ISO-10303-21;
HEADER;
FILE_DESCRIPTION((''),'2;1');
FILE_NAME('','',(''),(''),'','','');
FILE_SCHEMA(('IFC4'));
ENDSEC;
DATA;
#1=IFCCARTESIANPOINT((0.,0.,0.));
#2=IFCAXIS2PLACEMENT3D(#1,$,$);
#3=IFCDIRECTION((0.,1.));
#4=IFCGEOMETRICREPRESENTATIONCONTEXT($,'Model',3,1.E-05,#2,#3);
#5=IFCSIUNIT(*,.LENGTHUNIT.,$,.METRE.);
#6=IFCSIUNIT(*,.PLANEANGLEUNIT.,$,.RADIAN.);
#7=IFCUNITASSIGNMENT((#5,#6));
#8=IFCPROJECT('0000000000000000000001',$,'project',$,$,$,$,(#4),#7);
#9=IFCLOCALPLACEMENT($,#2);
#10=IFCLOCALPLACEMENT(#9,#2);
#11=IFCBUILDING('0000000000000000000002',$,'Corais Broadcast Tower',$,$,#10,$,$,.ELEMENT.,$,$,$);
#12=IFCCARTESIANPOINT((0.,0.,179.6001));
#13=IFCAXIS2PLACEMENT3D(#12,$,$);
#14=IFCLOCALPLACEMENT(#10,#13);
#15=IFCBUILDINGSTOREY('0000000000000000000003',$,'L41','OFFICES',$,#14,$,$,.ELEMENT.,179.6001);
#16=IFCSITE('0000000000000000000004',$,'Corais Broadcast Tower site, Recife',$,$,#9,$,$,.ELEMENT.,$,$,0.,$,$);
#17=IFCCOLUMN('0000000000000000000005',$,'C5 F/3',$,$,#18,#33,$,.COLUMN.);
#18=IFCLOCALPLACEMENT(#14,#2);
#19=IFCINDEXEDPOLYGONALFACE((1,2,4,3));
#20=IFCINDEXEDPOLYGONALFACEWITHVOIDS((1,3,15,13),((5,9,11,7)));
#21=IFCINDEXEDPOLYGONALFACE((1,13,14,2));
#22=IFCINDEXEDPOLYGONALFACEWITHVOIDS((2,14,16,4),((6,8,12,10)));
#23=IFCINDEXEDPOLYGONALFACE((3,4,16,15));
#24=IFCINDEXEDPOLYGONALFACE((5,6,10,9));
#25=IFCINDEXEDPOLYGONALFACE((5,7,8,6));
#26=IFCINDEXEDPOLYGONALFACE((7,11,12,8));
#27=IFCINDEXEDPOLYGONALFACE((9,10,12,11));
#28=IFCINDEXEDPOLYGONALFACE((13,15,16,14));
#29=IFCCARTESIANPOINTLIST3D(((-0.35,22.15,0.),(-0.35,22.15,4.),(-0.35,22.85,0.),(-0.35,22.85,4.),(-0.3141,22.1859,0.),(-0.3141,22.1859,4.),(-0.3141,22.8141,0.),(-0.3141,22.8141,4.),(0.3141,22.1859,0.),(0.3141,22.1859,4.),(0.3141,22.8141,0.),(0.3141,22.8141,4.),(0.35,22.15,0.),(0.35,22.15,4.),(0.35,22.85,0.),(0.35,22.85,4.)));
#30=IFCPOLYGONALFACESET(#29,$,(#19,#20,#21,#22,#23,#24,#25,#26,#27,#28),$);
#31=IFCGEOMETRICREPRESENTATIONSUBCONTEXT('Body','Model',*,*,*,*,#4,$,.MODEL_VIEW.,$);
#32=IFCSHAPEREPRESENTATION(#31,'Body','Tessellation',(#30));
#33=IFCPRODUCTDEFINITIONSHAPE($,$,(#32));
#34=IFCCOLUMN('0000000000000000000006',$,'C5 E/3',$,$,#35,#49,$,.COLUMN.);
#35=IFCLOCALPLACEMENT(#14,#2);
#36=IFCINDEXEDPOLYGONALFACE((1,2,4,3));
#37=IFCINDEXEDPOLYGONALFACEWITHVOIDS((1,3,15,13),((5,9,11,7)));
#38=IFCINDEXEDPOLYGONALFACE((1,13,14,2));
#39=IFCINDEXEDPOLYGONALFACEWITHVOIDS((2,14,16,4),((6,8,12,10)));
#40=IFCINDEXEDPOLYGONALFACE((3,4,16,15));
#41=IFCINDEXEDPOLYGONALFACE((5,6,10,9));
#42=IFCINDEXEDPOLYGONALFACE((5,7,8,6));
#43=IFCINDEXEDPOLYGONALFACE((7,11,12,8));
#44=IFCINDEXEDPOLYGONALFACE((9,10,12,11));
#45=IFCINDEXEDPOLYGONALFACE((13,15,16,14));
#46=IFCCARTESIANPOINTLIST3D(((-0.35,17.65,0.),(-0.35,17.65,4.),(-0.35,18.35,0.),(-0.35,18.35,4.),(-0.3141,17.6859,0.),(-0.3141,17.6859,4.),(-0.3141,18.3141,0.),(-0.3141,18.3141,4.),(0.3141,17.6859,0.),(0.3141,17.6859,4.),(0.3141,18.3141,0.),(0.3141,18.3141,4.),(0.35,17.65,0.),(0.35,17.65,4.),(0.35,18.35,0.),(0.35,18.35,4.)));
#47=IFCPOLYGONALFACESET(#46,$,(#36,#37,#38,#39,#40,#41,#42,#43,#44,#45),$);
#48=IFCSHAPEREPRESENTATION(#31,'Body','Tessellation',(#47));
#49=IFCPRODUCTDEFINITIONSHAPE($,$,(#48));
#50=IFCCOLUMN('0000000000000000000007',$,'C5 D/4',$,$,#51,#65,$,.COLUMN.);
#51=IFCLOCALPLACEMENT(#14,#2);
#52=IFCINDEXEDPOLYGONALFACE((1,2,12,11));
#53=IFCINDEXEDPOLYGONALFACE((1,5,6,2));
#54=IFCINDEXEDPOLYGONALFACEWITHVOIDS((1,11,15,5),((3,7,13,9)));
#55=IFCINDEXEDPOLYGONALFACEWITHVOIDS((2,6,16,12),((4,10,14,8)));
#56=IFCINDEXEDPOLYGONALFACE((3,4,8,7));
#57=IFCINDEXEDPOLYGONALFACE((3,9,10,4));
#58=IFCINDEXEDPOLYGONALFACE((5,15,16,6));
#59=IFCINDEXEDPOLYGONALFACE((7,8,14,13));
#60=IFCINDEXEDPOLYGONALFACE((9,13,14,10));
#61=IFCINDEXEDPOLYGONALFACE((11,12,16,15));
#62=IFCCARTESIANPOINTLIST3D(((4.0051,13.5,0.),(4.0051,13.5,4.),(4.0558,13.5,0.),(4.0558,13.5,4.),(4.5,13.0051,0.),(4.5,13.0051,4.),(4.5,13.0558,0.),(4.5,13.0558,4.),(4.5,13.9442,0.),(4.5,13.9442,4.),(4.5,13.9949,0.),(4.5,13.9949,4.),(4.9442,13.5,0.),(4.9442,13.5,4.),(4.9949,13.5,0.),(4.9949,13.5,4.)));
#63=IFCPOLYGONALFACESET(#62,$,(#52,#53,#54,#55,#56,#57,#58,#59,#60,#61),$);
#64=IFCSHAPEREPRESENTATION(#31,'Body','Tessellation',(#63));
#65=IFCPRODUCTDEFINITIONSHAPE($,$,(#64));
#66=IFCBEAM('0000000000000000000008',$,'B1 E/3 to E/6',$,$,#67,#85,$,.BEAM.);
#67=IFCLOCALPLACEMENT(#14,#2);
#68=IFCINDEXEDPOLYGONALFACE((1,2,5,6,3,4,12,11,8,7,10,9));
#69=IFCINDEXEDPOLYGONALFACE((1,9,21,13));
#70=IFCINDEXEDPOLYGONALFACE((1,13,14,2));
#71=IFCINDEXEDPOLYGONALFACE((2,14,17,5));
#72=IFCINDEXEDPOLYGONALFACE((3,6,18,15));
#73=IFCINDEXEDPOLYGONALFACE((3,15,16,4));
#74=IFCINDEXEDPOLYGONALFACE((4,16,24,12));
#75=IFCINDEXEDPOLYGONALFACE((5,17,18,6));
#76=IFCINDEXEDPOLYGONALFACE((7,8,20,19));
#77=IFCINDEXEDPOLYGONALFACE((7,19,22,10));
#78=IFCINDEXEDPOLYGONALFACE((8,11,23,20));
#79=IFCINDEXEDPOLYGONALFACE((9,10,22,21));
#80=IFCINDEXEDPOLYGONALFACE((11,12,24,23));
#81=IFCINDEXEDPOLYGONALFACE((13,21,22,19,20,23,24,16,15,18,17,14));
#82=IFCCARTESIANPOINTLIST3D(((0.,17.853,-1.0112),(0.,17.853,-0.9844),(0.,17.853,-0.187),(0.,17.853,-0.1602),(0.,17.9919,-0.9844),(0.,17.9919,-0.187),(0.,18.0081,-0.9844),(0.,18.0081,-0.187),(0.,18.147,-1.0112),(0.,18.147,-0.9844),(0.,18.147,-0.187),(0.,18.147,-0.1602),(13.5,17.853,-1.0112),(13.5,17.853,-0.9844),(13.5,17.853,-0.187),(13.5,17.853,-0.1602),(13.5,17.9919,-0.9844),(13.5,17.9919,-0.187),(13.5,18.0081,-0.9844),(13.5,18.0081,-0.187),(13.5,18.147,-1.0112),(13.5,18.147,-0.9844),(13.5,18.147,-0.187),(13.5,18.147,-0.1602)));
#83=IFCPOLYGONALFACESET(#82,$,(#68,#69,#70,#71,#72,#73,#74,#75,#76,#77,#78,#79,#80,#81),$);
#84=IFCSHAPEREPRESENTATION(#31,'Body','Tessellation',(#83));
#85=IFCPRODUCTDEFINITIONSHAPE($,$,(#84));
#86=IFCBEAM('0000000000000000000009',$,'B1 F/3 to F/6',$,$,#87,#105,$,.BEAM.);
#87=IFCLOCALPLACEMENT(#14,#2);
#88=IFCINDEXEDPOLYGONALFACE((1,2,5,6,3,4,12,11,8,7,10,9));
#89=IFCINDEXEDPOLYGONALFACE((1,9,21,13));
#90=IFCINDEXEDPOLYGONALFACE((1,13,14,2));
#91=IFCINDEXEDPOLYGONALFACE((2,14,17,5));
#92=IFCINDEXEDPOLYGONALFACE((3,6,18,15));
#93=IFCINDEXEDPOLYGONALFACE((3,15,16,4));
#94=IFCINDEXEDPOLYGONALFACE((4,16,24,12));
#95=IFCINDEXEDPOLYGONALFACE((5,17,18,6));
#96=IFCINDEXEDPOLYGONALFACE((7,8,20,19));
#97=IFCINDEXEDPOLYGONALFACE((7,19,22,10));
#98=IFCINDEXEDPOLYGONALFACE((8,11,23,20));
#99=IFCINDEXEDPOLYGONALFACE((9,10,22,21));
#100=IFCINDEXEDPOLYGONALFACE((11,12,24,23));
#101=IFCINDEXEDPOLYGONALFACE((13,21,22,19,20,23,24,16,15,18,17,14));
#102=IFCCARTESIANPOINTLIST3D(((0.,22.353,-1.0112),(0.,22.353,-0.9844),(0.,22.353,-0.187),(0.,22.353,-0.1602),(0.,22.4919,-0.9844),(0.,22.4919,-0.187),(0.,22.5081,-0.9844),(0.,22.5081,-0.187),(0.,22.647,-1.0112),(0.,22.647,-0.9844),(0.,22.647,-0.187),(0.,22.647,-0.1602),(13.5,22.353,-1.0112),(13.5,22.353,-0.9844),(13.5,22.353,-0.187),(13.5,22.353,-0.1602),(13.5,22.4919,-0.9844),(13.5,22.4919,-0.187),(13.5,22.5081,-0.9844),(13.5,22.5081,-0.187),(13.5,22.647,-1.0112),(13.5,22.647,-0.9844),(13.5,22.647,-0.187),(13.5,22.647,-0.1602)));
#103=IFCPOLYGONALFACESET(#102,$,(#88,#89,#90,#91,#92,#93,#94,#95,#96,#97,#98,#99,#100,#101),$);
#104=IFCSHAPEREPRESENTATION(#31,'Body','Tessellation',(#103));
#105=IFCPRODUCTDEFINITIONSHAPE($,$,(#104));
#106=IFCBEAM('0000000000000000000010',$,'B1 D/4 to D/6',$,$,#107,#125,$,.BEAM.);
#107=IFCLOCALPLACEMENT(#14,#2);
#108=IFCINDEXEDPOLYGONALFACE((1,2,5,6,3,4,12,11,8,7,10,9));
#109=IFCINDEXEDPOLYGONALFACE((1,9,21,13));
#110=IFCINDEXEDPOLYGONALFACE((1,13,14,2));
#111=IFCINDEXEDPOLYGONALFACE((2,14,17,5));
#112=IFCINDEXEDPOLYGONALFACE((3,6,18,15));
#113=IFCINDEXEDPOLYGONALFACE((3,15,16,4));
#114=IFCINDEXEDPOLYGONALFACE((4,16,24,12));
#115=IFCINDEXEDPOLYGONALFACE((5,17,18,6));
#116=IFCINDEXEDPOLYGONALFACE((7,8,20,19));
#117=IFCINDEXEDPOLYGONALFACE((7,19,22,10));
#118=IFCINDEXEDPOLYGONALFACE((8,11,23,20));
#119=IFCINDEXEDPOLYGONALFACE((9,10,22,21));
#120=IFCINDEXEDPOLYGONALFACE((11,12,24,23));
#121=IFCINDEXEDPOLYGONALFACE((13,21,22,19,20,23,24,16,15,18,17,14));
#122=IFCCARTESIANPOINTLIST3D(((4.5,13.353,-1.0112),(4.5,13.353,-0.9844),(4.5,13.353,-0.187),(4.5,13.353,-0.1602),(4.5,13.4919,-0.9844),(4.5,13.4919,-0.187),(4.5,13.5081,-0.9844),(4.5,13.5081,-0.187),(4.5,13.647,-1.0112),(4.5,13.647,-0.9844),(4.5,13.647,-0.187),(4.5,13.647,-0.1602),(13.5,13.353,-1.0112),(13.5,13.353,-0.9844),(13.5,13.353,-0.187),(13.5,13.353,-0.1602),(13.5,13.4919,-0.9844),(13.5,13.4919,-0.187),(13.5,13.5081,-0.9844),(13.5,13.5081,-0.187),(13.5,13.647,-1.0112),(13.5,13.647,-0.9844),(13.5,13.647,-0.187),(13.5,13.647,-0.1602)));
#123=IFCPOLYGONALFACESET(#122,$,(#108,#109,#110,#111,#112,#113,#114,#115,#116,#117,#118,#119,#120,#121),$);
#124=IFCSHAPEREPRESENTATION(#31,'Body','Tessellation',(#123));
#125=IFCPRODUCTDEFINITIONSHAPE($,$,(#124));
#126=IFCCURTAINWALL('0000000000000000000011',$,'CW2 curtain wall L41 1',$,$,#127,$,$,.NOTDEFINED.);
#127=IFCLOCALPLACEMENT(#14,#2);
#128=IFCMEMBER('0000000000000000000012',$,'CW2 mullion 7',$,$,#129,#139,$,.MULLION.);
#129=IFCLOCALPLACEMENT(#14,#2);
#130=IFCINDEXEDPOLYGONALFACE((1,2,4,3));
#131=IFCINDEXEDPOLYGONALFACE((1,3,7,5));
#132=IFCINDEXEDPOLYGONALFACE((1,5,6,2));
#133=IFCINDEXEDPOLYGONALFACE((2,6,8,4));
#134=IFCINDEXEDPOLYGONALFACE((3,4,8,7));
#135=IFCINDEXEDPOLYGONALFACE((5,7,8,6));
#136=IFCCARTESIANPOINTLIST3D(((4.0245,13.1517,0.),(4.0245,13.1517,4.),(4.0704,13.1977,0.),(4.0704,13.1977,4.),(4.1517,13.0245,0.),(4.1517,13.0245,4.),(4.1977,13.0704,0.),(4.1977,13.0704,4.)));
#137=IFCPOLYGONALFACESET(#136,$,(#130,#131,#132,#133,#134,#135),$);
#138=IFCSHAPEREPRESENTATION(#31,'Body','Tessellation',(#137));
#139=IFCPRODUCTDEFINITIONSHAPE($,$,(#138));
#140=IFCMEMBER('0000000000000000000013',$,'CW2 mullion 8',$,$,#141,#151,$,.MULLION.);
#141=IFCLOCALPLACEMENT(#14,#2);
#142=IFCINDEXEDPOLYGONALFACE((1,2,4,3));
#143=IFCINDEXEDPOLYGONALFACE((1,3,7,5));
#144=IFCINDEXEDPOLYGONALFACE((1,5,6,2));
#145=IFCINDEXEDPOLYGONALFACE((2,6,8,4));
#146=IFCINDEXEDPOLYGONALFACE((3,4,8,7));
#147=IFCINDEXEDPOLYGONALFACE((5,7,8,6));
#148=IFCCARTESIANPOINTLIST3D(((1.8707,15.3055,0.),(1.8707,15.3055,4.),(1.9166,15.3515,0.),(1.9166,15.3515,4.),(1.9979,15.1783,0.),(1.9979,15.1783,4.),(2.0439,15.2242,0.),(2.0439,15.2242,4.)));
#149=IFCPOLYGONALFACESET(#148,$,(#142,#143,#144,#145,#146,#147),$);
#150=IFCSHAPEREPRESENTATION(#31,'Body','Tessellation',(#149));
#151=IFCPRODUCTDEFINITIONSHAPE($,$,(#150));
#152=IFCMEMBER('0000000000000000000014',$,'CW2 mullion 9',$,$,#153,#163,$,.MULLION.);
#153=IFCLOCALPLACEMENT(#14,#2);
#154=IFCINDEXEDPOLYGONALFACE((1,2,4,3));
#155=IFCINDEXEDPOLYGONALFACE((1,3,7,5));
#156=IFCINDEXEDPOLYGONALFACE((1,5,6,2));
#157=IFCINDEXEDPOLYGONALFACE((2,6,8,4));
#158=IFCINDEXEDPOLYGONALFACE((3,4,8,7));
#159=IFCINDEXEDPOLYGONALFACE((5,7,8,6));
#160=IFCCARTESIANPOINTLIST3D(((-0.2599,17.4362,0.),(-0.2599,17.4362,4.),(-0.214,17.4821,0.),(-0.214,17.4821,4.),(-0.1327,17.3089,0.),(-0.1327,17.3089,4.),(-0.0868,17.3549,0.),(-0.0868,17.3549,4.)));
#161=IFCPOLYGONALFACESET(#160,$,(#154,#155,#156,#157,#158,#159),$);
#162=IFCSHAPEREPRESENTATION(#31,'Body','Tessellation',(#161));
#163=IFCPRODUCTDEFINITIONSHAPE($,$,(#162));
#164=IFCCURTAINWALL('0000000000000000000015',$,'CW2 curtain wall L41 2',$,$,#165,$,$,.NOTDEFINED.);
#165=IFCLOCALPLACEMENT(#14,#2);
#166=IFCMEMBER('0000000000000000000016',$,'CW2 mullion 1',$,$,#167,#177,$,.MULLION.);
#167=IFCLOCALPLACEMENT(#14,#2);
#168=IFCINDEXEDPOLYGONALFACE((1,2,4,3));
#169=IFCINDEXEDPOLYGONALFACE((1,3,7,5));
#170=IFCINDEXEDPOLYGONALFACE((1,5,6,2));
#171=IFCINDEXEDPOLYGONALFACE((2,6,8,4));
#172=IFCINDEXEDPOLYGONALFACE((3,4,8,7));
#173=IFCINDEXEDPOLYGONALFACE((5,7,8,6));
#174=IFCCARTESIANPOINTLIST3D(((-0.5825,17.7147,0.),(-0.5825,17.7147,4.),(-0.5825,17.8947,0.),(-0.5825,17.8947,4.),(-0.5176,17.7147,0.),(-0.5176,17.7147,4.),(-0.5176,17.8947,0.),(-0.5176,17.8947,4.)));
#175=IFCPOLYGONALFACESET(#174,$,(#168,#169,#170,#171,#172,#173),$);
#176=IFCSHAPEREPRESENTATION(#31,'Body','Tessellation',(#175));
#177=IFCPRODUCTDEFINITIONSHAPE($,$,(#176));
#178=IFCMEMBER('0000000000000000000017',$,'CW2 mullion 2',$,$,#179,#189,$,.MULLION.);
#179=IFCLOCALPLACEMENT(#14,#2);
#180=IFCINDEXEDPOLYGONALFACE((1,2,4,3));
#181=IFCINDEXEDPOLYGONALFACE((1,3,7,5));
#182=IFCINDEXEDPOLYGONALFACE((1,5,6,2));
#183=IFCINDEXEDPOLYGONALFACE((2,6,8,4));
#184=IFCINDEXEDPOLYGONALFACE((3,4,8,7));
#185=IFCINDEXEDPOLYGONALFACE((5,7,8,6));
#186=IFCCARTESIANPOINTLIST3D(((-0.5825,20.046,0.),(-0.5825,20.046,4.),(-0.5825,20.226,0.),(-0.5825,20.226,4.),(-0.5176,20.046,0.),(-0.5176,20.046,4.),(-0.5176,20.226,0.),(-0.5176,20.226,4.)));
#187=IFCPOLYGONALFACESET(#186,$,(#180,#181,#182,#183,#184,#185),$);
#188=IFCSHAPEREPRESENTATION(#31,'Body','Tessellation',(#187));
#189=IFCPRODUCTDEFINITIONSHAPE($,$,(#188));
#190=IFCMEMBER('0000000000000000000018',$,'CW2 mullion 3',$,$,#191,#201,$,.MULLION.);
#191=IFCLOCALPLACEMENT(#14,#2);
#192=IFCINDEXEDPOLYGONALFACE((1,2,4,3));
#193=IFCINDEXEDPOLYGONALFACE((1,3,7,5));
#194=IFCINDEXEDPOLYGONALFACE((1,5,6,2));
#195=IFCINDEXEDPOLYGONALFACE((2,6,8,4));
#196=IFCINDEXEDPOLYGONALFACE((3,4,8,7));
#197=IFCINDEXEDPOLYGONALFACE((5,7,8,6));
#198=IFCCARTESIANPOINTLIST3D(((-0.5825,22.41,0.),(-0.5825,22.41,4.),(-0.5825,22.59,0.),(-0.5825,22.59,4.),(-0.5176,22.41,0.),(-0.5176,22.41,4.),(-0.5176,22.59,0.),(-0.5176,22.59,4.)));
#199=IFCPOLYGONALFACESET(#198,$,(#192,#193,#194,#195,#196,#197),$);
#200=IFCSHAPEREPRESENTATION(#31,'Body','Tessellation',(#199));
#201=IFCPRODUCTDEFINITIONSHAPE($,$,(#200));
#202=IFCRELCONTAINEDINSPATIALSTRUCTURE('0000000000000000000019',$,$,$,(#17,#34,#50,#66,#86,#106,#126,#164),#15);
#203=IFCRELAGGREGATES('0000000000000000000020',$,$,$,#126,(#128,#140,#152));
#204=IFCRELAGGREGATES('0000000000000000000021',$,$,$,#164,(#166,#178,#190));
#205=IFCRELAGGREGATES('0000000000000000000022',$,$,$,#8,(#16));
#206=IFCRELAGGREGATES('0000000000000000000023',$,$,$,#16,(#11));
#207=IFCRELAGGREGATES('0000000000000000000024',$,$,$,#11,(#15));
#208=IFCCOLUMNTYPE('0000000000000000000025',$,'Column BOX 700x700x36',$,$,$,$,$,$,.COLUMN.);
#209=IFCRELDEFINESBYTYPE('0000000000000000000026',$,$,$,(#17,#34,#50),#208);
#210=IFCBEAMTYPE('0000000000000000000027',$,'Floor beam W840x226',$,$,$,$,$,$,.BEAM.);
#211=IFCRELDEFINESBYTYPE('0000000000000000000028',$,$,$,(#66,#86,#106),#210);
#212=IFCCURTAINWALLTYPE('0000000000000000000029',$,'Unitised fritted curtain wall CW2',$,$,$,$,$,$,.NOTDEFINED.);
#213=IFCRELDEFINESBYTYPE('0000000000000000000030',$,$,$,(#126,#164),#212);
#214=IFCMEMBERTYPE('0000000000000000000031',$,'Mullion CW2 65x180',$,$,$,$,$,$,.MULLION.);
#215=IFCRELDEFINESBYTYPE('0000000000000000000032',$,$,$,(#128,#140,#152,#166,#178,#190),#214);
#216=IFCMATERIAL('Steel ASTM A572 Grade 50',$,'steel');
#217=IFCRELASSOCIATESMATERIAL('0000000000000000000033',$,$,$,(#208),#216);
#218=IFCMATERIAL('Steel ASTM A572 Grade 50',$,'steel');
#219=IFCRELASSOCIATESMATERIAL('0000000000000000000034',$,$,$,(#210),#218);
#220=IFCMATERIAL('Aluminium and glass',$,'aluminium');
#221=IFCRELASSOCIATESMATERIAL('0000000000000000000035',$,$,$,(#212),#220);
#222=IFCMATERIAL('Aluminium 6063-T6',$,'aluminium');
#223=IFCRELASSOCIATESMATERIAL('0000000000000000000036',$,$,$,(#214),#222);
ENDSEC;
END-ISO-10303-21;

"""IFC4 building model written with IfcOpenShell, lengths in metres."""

from ifc_helpers import new_model, si_unit, direction, frame, origin, origin_2d, place, context, subcontext, project, spatial, rectangle, hollow_rectangle, i_section, extrude, material, material_profile, profile_set, type_object, element, aggregate, save


model = new_model("IFC4")

# Units and contexts
model_context = context("Model", 3, precision=1e-05, world=origin(), true_north=direction((0.0, 1.0)))
body_context = subcontext(model_context, "Body", "Model", "MODEL_VIEW")
ifc_project = project(units=[si_unit("LENGTHUNIT", "METRE"), si_unit("PLANEANGLEUNIT", "RADIAN")], contexts=[model_context])

# Site, building, storey
site_placement = place(None, origin())
site = spatial("IfcSite", under=ifc_project, at=site_placement, Name="Corais Broadcast Tower site, Recife", CompositionType="ELEMENT", RefElevation=0.0)
building_placement = place(site_placement, origin())
building = spatial("IfcBuilding", under=site, at=building_placement, Name="Corais Broadcast Tower", CompositionType="ELEMENT")
storey_placement = place(building_placement, frame((0.0, 0.0, 179.6001)))
storey = spatial("IfcBuildingStorey", under=building, at=storey_placement, Name="L41", Description="OFFICES", CompositionType="ELEMENT", Elevation=179.6001)

# Columns
ifc_material_1 = material(Name="Steel ASTM A572 Grade 50", Category="steel")
ifc_material_profile_1 = material_profile(ifc_material_1, hollow_rectangle(XDim=0.7, YDim=0.7, WallThickness=0.0359, at=origin_2d()), Name="BOX 700x700x36")
ifc_profile_set_1 = profile_set([ifc_material_profile_1], Name="Steel ASTM A572 Grade 50")
column_type = type_object("IfcColumnType", Name="Column BOX 700x700x36", PredefinedType="COLUMN", material=ifc_profile_set_1)
for number, where, z_axis, x_axis, name in (
    (1, (0.0, 22.5, 0.0), (0.0, 0.0, 1.0), (1.0, 0.0, 0.0), "C5 F/3"),
    (2, (0.0, 18.0, 0.0), (0.0, 0.0, 1.0), (1.0, 0.0, 0.0), "C5 E/3"),
    (3, (4.5, 13.5, 0.0), (0.0, 0.0, 1.0), (0.707107, 0.707107, 0.0), "C5 D/4"),
):
    element("IfcColumn", number, at=place(storey_placement, frame(where, z_axis=z_axis, x_axis=x_axis)), inside=storey, type_object=column_type, Name=name, PredefinedType="COLUMN", context=body_context, shape_type="SweptSolid", body=[
        extrude(hollow_rectangle(XDim=0.7, YDim=0.7, WallThickness=0.0359, at=origin_2d()), origin(), (0.0, 0.0, 1.0), 4.0),
    ])

# Beams
ifc_material_2 = material(Name="Steel ASTM A572 Grade 50", Category="steel")
ifc_material_profile_2 = material_profile(ifc_material_2, i_section(OverallWidth=0.2939, OverallDepth=0.8511, WebThickness=0.0161, FlangeThickness=0.0269, at=origin_2d()), Name="W840x226")
ifc_profile_set_2 = profile_set([ifc_material_profile_2], Name="Steel ASTM A572 Grade 50")
beam_type_1 = type_object("IfcBeamType", Name="Floor beam W840x226", PredefinedType="BEAM", material=ifc_profile_set_2)
for number, where, z_axis, x_axis, name in (
    (4, (0.0, 18.0, -0.5857), (1.0, 0.0, 0.0), (0.0, 1.0, 0.0), "B1 E/3 to E/6"),
    (5, (0.0, 22.5, -0.5857), (1.0, 0.0, 0.0), (0.0, 1.0, 0.0), "B1 F/3 to F/6"),
):
    element("IfcBeam", number, at=place(storey_placement, frame(where, z_axis=z_axis, x_axis=x_axis)), inside=storey, type_object=beam_type_1, Name=name, PredefinedType="BEAM", context=body_context, shape_type="SweptSolid", body=[
        extrude(i_section(OverallWidth=0.2939, OverallDepth=0.8511, WebThickness=0.0161, FlangeThickness=0.0269, at=origin_2d()), origin(), (0.0, 0.0, 1.0), 13.5),
    ])
beam_1_placement = place(storey_placement, frame((4.5, 13.5, -0.5857), z_axis=(1.0, 0.0, 0.0), x_axis=(0.0, 1.0, 0.0)))
element("IfcBeam", 6, at=beam_1_placement, inside=storey, type_object=beam_type_1, Name="B1 D/4 to D/6", PredefinedType="BEAM", context=body_context, shape_type="SweptSolid", body=[
    extrude(i_section(OverallWidth=0.2939, OverallDepth=0.8511, WebThickness=0.0161, FlangeThickness=0.0269, at=origin_2d()), origin(), (0.0, 0.0, 1.0), 9.0),
])

# Curtain walls, members
ifc_material_3 = material(Name="Aluminium and glass", Category="aluminium")
curtain_wall_type = type_object("IfcCurtainWallType", Name="Unitised fritted curtain wall CW2", PredefinedType="NOTDEFINED", material=ifc_material_3)
curtain_wall_1_placement = place(storey_placement, origin())
curtain_wall_1 = element("IfcCurtainWall", 7, at=curtain_wall_1_placement, inside=storey, type_object=curtain_wall_type, Name="CW2 curtain wall L41 1", PredefinedType="NOTDEFINED")
ifc_material_4 = material(Name="Aluminium 6063-T6", Category="aluminium")
ifc_material_profile_3 = material_profile(ifc_material_4, rectangle(XDim=0.0649, YDim=0.1799, at=origin_2d()), Name="Mullion CW2 65x180")
ifc_profile_set_3 = profile_set([ifc_material_profile_3], Name="Aluminium 6063-T6")
member_type_1 = type_object("IfcMemberType", Name="Mullion CW2 65x180", PredefinedType="MULLION", material=ifc_profile_set_3)
member_1_placement = place(storey_placement, frame((4.1111, 13.1111, 0.0), z_axis=(0.0, 0.0, 1.0), x_axis=(-0.707107, -0.707107, 0.0)))
member_1 = element("IfcMember", 8, at=member_1_placement, type_object=member_type_1, Name="CW2 mullion 7", PredefinedType="MULLION", context=body_context, shape_type="SweptSolid", body=[
    extrude(rectangle(XDim=0.0649, YDim=0.1799, at=origin_2d()), origin(), (0.0, 0.0, 1.0), 4.0),
])
member_2_placement = place(storey_placement, frame((1.9573, 15.2649, 0.0), z_axis=(0.0, 0.0, 1.0), x_axis=(-0.707107, -0.707107, 0.0)))
member_2 = element("IfcMember", 9, at=member_2_placement, type_object=member_type_1, Name="CW2 mullion 8", PredefinedType="MULLION", context=body_context, shape_type="SweptSolid", body=[
    extrude(rectangle(XDim=0.0649, YDim=0.1799, at=origin_2d()), origin(), (0.0, 0.0, 1.0), 4.0),
])
member_3_placement = place(storey_placement, frame((-0.1733, 17.3955, 0.0), z_axis=(0.0, 0.0, 1.0), x_axis=(-0.707107, -0.707107, 0.0)))
member_3 = element("IfcMember", 10, at=member_3_placement, type_object=member_type_1, Name="CW2 mullion 9", PredefinedType="MULLION", context=body_context, shape_type="SweptSolid", body=[
    extrude(rectangle(XDim=0.0649, YDim=0.1799, at=origin_2d()), origin(), (0.0, 0.0, 1.0), 4.0),
])
curtain_wall_2_placement = place(storey_placement, origin())
curtain_wall_2 = element("IfcCurtainWall", 11, at=curtain_wall_2_placement, inside=storey, type_object=curtain_wall_type, Name="CW2 curtain wall L41 2", PredefinedType="NOTDEFINED")
member_4_placement = place(storey_placement, frame((-0.55, 17.8047, 0.0), z_axis=(0.0, 0.0, 1.0), x_axis=(-1.0, 0.0, 0.0)))
member_4 = element("IfcMember", 12, at=member_4_placement, type_object=member_type_1, Name="CW2 mullion 1", PredefinedType="MULLION", context=body_context, shape_type="SweptSolid", body=[
    extrude(rectangle(XDim=0.0649, YDim=0.1799, at=origin_2d()), origin(), (0.0, 0.0, 1.0), 4.0),
])
member_5_placement = place(storey_placement, frame((-0.55, 20.136, 0.0), z_axis=(0.0, 0.0, 1.0), x_axis=(-1.0, 0.0, 0.0)))
member_5 = element("IfcMember", 13, at=member_5_placement, type_object=member_type_1, Name="CW2 mullion 2", PredefinedType="MULLION", context=body_context, shape_type="SweptSolid", body=[
    extrude(rectangle(XDim=0.0649, YDim=0.1799, at=origin_2d()), origin(), (0.0, 0.0, 1.0), 4.0),
])
member_6_placement = place(storey_placement, frame((-0.55, 22.5, 0.0), z_axis=(0.0, 0.0, 1.0), x_axis=(-1.0, 0.0, 0.0)))
member_6 = element("IfcMember", 14, at=member_6_placement, type_object=member_type_1, Name="CW2 mullion 3", PredefinedType="MULLION", context=body_context, shape_type="SweptSolid", body=[
    extrude(rectangle(XDim=0.0649, YDim=0.1799, at=origin_2d()), origin(), (0.0, 0.0, 1.0), 4.0),
])

aggregate(curtain_wall_1, [member_1, member_2, member_3])
aggregate(curtain_wall_2, [member_4, member_5, member_6])

save(model, "model.ifc")
